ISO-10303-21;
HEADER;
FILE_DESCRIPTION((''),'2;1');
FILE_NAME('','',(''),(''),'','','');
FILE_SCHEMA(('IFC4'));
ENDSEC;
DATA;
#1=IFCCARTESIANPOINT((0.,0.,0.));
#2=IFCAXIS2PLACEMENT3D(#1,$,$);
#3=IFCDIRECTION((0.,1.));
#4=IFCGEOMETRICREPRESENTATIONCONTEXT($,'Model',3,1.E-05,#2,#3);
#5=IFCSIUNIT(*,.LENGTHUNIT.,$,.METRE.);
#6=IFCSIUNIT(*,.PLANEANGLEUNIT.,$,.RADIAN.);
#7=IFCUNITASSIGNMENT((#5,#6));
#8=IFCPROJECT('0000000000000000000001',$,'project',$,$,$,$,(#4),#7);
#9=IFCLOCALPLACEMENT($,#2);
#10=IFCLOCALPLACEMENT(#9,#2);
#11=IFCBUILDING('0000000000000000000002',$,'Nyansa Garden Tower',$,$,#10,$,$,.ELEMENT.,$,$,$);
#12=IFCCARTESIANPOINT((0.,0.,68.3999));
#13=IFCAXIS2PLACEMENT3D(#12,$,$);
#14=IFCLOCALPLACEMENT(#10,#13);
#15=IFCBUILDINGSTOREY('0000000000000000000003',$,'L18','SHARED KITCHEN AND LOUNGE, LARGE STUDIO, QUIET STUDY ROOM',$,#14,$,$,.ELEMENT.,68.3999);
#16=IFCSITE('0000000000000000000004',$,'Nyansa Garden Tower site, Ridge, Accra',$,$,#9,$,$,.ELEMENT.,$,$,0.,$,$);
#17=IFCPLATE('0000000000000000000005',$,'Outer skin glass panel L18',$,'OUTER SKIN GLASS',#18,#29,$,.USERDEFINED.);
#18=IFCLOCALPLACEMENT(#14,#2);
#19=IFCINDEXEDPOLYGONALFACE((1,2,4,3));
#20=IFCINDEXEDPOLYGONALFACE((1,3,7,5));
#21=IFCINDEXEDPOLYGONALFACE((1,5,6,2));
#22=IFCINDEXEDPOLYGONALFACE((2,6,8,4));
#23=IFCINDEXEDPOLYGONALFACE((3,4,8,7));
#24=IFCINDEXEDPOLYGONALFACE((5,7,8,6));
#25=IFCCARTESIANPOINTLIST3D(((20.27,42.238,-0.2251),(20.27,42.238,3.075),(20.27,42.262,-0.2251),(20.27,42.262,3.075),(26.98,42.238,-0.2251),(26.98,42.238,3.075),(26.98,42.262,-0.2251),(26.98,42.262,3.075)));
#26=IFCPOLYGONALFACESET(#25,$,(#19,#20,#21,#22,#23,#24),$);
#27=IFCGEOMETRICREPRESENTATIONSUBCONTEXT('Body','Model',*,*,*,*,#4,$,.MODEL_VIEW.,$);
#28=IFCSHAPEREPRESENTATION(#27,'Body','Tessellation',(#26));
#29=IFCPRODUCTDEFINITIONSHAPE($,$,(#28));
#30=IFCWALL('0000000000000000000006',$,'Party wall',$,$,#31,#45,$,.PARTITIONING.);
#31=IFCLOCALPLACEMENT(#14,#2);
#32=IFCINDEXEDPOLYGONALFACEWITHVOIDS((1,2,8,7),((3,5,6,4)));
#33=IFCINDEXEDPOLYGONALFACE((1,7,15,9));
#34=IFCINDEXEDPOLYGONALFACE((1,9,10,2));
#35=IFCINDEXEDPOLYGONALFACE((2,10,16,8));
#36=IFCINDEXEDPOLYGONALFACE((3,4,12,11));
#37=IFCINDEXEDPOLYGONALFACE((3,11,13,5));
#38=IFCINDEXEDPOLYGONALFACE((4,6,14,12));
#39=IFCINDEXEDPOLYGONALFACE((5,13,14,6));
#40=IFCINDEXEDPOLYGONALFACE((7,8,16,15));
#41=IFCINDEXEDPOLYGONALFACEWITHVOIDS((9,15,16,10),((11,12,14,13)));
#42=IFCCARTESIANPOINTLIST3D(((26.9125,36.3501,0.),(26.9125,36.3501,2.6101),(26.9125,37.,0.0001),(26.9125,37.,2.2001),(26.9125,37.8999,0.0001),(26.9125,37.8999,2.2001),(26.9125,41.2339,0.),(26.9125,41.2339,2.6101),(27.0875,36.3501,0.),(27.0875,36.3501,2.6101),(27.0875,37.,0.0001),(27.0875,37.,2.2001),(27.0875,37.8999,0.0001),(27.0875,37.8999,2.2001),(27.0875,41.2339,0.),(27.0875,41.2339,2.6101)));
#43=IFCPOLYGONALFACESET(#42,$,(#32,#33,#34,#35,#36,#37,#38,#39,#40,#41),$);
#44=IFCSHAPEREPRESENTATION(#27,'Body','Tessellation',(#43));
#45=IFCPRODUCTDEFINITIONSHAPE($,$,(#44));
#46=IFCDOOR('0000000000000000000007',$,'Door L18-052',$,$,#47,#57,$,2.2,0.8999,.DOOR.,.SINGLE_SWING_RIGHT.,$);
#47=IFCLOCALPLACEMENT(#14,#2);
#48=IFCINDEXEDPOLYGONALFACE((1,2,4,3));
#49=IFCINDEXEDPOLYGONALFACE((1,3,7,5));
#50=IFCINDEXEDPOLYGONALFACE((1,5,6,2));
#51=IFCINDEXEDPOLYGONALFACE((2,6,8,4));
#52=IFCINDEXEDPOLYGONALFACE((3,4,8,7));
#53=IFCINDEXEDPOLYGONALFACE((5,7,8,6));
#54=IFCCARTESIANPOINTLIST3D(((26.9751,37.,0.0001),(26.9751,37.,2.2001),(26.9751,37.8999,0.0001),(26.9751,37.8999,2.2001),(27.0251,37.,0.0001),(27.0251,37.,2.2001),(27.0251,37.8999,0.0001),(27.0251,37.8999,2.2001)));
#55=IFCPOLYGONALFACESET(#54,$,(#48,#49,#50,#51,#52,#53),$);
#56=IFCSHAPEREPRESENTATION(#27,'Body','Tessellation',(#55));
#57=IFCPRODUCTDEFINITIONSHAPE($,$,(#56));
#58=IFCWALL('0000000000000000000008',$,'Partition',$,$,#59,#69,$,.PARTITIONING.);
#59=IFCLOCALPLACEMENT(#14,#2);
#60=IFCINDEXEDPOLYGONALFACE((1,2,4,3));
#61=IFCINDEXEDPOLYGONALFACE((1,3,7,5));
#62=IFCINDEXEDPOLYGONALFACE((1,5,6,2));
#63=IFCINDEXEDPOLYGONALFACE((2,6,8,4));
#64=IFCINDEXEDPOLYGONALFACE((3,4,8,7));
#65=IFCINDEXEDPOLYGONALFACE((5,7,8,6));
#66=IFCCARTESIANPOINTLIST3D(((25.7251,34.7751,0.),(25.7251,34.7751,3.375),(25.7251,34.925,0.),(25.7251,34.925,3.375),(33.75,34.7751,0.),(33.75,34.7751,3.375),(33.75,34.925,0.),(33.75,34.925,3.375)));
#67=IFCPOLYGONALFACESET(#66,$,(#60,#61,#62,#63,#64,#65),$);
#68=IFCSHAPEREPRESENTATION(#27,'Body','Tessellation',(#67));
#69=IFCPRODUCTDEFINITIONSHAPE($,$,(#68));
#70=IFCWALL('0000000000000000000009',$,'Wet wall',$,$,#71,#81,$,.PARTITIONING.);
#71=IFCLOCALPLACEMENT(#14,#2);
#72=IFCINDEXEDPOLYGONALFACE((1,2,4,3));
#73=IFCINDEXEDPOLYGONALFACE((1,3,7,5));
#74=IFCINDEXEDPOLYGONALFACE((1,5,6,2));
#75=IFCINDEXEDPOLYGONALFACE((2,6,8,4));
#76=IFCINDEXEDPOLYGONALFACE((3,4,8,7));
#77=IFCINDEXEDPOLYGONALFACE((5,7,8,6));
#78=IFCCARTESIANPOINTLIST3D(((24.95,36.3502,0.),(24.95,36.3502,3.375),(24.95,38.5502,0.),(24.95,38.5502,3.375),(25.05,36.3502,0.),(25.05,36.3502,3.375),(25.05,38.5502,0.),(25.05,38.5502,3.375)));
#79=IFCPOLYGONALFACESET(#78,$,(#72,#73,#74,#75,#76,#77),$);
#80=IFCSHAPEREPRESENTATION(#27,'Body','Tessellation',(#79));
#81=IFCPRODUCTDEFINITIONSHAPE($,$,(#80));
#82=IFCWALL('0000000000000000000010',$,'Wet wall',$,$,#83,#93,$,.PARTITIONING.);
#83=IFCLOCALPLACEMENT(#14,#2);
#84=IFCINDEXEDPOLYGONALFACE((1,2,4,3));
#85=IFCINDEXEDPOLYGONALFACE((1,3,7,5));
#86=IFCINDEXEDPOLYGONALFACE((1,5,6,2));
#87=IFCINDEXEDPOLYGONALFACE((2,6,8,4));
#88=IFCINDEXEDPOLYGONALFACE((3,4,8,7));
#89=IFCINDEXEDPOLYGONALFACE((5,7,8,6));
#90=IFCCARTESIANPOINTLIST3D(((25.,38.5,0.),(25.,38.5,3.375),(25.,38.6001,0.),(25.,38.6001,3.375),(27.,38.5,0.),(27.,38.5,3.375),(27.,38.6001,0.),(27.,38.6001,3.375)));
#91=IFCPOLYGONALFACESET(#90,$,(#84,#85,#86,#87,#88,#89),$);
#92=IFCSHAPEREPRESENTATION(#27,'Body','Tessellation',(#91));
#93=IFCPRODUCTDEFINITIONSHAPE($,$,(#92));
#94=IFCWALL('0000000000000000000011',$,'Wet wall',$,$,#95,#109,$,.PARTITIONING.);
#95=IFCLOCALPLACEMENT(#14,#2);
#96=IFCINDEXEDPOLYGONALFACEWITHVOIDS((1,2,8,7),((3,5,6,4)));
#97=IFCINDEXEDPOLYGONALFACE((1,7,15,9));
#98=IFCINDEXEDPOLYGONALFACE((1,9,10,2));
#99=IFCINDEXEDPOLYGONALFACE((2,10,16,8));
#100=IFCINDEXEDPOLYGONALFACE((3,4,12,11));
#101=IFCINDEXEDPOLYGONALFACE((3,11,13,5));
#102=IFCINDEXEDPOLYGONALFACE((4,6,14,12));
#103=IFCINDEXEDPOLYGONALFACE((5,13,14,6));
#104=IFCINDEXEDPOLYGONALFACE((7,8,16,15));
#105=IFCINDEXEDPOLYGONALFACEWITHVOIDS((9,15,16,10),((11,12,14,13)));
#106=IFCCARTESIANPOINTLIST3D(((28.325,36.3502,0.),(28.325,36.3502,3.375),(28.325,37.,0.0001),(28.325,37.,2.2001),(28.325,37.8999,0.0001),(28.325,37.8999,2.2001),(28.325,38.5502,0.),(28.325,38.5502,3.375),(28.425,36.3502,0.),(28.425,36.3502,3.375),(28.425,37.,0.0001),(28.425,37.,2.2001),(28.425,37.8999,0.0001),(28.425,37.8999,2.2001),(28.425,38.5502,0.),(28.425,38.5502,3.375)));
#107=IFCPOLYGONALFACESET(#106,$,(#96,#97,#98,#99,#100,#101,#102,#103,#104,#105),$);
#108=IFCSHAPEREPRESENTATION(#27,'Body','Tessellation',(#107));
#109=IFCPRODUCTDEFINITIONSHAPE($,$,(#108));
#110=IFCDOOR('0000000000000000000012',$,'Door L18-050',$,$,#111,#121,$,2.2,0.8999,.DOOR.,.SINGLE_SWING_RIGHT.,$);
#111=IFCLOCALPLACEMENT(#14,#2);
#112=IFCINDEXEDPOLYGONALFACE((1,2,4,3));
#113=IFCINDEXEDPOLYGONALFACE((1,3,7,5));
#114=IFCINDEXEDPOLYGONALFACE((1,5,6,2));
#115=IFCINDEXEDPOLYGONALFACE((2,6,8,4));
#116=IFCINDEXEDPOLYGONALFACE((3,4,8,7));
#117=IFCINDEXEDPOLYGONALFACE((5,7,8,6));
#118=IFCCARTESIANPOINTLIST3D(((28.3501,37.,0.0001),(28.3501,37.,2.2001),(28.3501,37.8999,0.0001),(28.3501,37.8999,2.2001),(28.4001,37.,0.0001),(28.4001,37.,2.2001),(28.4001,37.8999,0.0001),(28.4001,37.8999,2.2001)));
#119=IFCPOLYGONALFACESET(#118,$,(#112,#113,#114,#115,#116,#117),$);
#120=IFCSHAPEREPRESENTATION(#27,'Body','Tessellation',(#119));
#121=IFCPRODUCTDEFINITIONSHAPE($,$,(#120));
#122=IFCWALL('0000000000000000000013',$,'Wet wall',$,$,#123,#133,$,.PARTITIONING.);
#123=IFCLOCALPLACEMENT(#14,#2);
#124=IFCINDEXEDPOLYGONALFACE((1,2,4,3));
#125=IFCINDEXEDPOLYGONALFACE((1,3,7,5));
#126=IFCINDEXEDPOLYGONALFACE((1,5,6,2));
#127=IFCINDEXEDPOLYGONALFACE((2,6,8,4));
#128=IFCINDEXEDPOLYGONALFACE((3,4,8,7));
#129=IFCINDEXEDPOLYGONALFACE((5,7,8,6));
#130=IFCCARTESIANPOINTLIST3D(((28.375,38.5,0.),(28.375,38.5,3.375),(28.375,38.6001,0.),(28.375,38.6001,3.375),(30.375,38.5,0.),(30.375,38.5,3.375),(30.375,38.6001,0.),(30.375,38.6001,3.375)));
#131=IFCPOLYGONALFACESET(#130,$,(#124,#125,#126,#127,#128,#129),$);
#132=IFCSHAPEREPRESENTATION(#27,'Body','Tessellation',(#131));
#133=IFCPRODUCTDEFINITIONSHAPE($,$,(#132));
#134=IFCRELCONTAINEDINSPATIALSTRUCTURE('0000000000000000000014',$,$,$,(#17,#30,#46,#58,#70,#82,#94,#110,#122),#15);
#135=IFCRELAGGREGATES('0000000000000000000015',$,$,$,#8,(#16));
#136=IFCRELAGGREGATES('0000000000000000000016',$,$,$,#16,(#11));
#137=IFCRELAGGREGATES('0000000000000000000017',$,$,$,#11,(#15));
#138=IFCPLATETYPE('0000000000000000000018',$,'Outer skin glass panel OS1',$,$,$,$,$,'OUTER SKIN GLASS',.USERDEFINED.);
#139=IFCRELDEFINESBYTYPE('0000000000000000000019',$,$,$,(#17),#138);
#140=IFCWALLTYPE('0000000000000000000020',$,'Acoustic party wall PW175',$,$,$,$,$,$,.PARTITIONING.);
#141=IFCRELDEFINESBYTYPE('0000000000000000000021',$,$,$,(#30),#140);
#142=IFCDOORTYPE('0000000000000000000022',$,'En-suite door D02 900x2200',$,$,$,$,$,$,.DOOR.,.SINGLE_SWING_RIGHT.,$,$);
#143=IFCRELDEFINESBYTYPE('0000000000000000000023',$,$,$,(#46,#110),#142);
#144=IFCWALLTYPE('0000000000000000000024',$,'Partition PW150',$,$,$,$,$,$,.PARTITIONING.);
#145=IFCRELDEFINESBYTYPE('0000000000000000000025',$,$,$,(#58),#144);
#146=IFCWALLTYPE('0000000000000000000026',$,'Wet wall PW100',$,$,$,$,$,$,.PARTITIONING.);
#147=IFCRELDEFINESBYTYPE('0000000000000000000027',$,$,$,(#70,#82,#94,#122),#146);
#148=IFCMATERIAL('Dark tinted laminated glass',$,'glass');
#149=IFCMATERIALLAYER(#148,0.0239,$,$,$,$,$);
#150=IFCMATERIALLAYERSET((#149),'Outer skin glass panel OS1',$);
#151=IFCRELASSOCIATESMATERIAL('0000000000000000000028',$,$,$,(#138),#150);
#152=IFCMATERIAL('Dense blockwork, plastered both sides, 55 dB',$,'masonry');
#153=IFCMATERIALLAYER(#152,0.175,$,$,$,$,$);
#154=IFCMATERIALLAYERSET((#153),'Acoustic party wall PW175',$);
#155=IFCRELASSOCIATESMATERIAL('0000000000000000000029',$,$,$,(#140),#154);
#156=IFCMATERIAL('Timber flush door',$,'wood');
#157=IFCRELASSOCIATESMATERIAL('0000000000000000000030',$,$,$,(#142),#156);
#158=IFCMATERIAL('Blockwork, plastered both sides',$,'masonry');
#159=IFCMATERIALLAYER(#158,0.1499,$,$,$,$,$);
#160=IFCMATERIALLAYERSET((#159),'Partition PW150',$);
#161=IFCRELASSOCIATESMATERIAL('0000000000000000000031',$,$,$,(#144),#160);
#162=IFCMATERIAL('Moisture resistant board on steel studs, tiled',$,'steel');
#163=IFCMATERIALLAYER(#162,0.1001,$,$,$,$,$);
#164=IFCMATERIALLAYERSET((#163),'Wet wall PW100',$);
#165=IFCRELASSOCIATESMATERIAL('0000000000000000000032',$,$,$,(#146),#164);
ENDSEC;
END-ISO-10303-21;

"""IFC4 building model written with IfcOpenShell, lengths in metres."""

from ifc_helpers import new_model, si_unit, direction, frame, frame_2d, origin, origin_2d, place, context, subcontext, project, spatial, rectangle, extrude, material, layer, layer_set, type_object, element, fill, save


model = new_model("IFC4")

# Units and contexts
model_context = context("Model", 3, precision=1e-05, world=origin(), true_north=direction((0.0, 1.0)))
body_context = subcontext(model_context, "Body", "Model", "MODEL_VIEW")
ifc_project = project(units=[si_unit("LENGTHUNIT", "METRE"), si_unit("PLANEANGLEUNIT", "RADIAN")], contexts=[model_context])

# Site, building, storey
site_placement = place(None, origin())
site = spatial("IfcSite", under=ifc_project, at=site_placement, Name="Nyansa Garden Tower site, Ridge, Accra", CompositionType="ELEMENT", RefElevation=0.0)
building_placement = place(site_placement, origin())
building = spatial("IfcBuilding", under=site, at=building_placement, Name="Nyansa Garden Tower", CompositionType="ELEMENT")
storey_placement = place(building_placement, frame((0.0, 0.0, 68.3999)))
storey = spatial("IfcBuildingStorey", under=building, at=storey_placement, Name="L18", Description="SHARED KITCHEN AND LOUNGE, LARGE STUDIO, QUIET STUDY ROOM", CompositionType="ELEMENT", Elevation=68.3999)

# Plate
ifc_material_1 = material(Name="Dark tinted laminated glass", Category="glass")
ifc_layer_1 = layer(ifc_material_1, 0.0239)
ifc_layer_set_1 = layer_set([ifc_layer_1], Name="Outer skin glass panel OS1")
plate_type_1 = type_object("IfcPlateType", Name="Outer skin glass panel OS1", ElementType="OUTER SKIN GLASS", PredefinedType="USERDEFINED", material=ifc_layer_set_1)
plate_1_placement = place(storey_placement, frame((23.625, 42.25, -0.2251), z_axis=(0.0, 0.0, 1.0), x_axis=(1.0, 0.0, 0.0)))
element("IfcPlate", 1, at=plate_1_placement, inside=storey, type_object=plate_type_1, Name="Outer skin glass panel L18", ObjectType="OUTER SKIN GLASS", PredefinedType="USERDEFINED", context=body_context, shape_type="SweptSolid", body=[
    extrude(rectangle(XDim=6.71, YDim=0.0239, at=origin_2d()), origin(), (0.0, 0.0, 1.0), 3.3),
])

# Wall, opening, door
ifc_material_2 = material(Name="Dense blockwork, plastered both sides, 55 dB", Category="masonry")
ifc_layer_2 = layer(ifc_material_2, 0.175)
ifc_layer_set_2 = layer_set([ifc_layer_2], Name="Acoustic party wall PW175")
wall_type_1 = type_object("IfcWallType", Name="Acoustic party wall PW175", PredefinedType="PARTITIONING", material=ifc_layer_set_2)
wall_1_placement = place(storey_placement, frame((27.0, 36.3501, 0.0), z_axis=(0.0, 0.0, 1.0), x_axis=(0.0, 1.0, 0.0)))
wall_1 = element("IfcWall", 2, at=wall_1_placement, inside=storey, type_object=wall_type_1, Name="Party wall", PredefinedType="PARTITIONING", context=body_context, shape_type="SweptSolid", body=[
    extrude(rectangle(XDim=4.8838, YDim=0.175, at=frame_2d((2.4419, 0.0))), origin(), (0.0, 0.0, 1.0), 2.6101),
])
opening_1_placement = place(wall_1_placement, frame((0.6499, 0.0, 0.0)))
opening_1 = element("IfcOpeningElement", 3, at=opening_1_placement, cuts=wall_1, PredefinedType="OPENING", context=body_context, shape_type="SweptSolid", body=[
    extrude(rectangle(XDim=0.8999, YDim=2.2, at=frame_2d((0.45, 1.1001))), frame((0.0, 0.0974, 0.0), z_axis=(0.0, -1.0, 0.0), x_axis=(1.0, 0.0, 0.0)), (0.0, 0.0, 1.0), 0.1951),
])
ifc_material_3 = material(Name="Timber flush door", Category="wood")
door_type = type_object("IfcDoorType", Name="En-suite door D02 900x2200", OperationType="SINGLE_SWING_RIGHT", PredefinedType="DOOR", material=ifc_material_3)
door_1_placement = place(opening_1_placement, origin())
door_1 = element("IfcDoor", 4, at=door_1_placement, inside=storey, type_object=door_type, Name="Door L18-052", OperationType="SINGLE_SWING_RIGHT", OverallHeight=2.2, OverallWidth=0.8999, PredefinedType="DOOR", context=body_context, shape_type="SweptSolid", body=[
    extrude(rectangle(XDim=0.8999, YDim=2.2, at=frame_2d((0.45, 1.1001))), frame((0.0, 0.0249, 0.0), z_axis=(0.0, -1.0, 0.0), x_axis=(1.0, 0.0, 0.0)), (0.0, 0.0, 1.0), 0.05),
])
fill(opening_1, door_1)

# Walls
ifc_material_4 = material(Name="Blockwork, plastered both sides", Category="masonry")
ifc_layer_3 = layer(ifc_material_4, 0.1499)
ifc_layer_set_3 = layer_set([ifc_layer_3], Name="Partition PW150")
wall_type_2 = type_object("IfcWallType", Name="Partition PW150", PredefinedType="PARTITIONING", material=ifc_layer_set_3)
wall_2_placement = place(storey_placement, frame((25.7251, 34.8501, 0.0), z_axis=(0.0, 0.0, 1.0), x_axis=(1.0, 0.0, 0.0)))
element("IfcWall", 5, at=wall_2_placement, inside=storey, type_object=wall_type_2, Name="Partition", PredefinedType="PARTITIONING", context=body_context, shape_type="SweptSolid", body=[
    extrude(rectangle(XDim=8.0249, YDim=0.1499, at=frame_2d((4.0125, 0.0))), origin(), (0.0, 0.0, 1.0), 3.375),
])
ifc_material_5 = material(Name="Moisture resistant board on steel studs, tiled", Category="steel")
ifc_layer_4 = layer(ifc_material_5, 0.1001)
ifc_layer_set_4 = layer_set([ifc_layer_4], Name="Wet wall PW100")
wall_type_3 = type_object("IfcWallType", Name="Wet wall PW100", PredefinedType="PARTITIONING", material=ifc_layer_set_4)
wall_3_placement = place(storey_placement, frame((25.0, 36.3501, 0.0), z_axis=(0.0, 0.0, 1.0), x_axis=(0.0, 1.0, 0.0)))
element("IfcWall", 6, at=wall_3_placement, inside=storey, type_object=wall_type_3, Name="Wet wall", PredefinedType="PARTITIONING", context=body_context, shape_type="SweptSolid", body=[
    extrude(rectangle(XDim=2.2, YDim=0.1001, at=frame_2d((1.1001, 0.0))), origin(), (0.0, 0.0, 1.0), 3.375),
])
wall_4_placement = place(storey_placement, frame((25.0, 38.55, 0.0), z_axis=(0.0, 0.0, 1.0), x_axis=(1.0, 0.0, 0.0)))
element("IfcWall", 7, at=wall_4_placement, inside=storey, type_object=wall_type_3, Name="Wet wall", PredefinedType="PARTITIONING", context=body_context, shape_type="SweptSolid", body=[
    extrude(rectangle(XDim=2.0, YDim=0.1001, at=frame_2d((1.0, 0.0))), origin(), (0.0, 0.0, 1.0), 3.375),
])

# Wall, opening, door
wall_5_placement = place(storey_placement, frame((28.375, 36.3501, 0.0), z_axis=(0.0, 0.0, 1.0), x_axis=(0.0, 1.0, 0.0)))
wall_5 = element("IfcWall", 8, at=wall_5_placement, inside=storey, type_object=wall_type_3, Name="Wet wall", PredefinedType="PARTITIONING", context=body_context, shape_type="SweptSolid", body=[
    extrude(rectangle(XDim=2.2, YDim=0.1001, at=frame_2d((1.1001, 0.0))), origin(), (0.0, 0.0, 1.0), 3.375),
])
opening_2_placement = place(wall_5_placement, frame((0.6499, 0.0, 0.0)))
opening_2 = element("IfcOpeningElement", 9, at=opening_2_placement, cuts=wall_5, PredefinedType="OPENING", context=body_context, shape_type="SweptSolid", body=[
    extrude(rectangle(XDim=0.8999, YDim=2.2, at=frame_2d((0.45, 1.1001))), frame((0.0, 0.0601, 0.0), z_axis=(0.0, -1.0, 0.0), x_axis=(1.0, 0.0, 0.0)), (0.0, 0.0, 1.0), 0.1201),
])
door_2_placement = place(opening_2_placement, origin())
door_2 = element("IfcDoor", 10, at=door_2_placement, inside=storey, type_object=door_type, Name="Door L18-050", OperationType="SINGLE_SWING_RIGHT", OverallHeight=2.2, OverallWidth=0.8999, PredefinedType="DOOR", context=body_context, shape_type="SweptSolid", body=[
    extrude(rectangle(XDim=0.8999, YDim=2.2, at=frame_2d((0.45, 1.1001))), frame((0.0, 0.0249, 0.0), z_axis=(0.0, -1.0, 0.0), x_axis=(1.0, 0.0, 0.0)), (0.0, 0.0, 1.0), 0.05),
])
fill(opening_2, door_2)

# Wall
wall_6_placement = place(storey_placement, frame((28.375, 38.55, 0.0), z_axis=(0.0, 0.0, 1.0), x_axis=(1.0, 0.0, 0.0)))
element("IfcWall", 11, at=wall_6_placement, inside=storey, type_object=wall_type_3, Name="Wet wall", PredefinedType="PARTITIONING", context=body_context, shape_type="SweptSolid", body=[
    extrude(rectangle(XDim=2.0, YDim=0.1001, at=frame_2d((1.0, 0.0))), origin(), (0.0, 0.0, 1.0), 3.375),
])

save(model, "model.ifc")
